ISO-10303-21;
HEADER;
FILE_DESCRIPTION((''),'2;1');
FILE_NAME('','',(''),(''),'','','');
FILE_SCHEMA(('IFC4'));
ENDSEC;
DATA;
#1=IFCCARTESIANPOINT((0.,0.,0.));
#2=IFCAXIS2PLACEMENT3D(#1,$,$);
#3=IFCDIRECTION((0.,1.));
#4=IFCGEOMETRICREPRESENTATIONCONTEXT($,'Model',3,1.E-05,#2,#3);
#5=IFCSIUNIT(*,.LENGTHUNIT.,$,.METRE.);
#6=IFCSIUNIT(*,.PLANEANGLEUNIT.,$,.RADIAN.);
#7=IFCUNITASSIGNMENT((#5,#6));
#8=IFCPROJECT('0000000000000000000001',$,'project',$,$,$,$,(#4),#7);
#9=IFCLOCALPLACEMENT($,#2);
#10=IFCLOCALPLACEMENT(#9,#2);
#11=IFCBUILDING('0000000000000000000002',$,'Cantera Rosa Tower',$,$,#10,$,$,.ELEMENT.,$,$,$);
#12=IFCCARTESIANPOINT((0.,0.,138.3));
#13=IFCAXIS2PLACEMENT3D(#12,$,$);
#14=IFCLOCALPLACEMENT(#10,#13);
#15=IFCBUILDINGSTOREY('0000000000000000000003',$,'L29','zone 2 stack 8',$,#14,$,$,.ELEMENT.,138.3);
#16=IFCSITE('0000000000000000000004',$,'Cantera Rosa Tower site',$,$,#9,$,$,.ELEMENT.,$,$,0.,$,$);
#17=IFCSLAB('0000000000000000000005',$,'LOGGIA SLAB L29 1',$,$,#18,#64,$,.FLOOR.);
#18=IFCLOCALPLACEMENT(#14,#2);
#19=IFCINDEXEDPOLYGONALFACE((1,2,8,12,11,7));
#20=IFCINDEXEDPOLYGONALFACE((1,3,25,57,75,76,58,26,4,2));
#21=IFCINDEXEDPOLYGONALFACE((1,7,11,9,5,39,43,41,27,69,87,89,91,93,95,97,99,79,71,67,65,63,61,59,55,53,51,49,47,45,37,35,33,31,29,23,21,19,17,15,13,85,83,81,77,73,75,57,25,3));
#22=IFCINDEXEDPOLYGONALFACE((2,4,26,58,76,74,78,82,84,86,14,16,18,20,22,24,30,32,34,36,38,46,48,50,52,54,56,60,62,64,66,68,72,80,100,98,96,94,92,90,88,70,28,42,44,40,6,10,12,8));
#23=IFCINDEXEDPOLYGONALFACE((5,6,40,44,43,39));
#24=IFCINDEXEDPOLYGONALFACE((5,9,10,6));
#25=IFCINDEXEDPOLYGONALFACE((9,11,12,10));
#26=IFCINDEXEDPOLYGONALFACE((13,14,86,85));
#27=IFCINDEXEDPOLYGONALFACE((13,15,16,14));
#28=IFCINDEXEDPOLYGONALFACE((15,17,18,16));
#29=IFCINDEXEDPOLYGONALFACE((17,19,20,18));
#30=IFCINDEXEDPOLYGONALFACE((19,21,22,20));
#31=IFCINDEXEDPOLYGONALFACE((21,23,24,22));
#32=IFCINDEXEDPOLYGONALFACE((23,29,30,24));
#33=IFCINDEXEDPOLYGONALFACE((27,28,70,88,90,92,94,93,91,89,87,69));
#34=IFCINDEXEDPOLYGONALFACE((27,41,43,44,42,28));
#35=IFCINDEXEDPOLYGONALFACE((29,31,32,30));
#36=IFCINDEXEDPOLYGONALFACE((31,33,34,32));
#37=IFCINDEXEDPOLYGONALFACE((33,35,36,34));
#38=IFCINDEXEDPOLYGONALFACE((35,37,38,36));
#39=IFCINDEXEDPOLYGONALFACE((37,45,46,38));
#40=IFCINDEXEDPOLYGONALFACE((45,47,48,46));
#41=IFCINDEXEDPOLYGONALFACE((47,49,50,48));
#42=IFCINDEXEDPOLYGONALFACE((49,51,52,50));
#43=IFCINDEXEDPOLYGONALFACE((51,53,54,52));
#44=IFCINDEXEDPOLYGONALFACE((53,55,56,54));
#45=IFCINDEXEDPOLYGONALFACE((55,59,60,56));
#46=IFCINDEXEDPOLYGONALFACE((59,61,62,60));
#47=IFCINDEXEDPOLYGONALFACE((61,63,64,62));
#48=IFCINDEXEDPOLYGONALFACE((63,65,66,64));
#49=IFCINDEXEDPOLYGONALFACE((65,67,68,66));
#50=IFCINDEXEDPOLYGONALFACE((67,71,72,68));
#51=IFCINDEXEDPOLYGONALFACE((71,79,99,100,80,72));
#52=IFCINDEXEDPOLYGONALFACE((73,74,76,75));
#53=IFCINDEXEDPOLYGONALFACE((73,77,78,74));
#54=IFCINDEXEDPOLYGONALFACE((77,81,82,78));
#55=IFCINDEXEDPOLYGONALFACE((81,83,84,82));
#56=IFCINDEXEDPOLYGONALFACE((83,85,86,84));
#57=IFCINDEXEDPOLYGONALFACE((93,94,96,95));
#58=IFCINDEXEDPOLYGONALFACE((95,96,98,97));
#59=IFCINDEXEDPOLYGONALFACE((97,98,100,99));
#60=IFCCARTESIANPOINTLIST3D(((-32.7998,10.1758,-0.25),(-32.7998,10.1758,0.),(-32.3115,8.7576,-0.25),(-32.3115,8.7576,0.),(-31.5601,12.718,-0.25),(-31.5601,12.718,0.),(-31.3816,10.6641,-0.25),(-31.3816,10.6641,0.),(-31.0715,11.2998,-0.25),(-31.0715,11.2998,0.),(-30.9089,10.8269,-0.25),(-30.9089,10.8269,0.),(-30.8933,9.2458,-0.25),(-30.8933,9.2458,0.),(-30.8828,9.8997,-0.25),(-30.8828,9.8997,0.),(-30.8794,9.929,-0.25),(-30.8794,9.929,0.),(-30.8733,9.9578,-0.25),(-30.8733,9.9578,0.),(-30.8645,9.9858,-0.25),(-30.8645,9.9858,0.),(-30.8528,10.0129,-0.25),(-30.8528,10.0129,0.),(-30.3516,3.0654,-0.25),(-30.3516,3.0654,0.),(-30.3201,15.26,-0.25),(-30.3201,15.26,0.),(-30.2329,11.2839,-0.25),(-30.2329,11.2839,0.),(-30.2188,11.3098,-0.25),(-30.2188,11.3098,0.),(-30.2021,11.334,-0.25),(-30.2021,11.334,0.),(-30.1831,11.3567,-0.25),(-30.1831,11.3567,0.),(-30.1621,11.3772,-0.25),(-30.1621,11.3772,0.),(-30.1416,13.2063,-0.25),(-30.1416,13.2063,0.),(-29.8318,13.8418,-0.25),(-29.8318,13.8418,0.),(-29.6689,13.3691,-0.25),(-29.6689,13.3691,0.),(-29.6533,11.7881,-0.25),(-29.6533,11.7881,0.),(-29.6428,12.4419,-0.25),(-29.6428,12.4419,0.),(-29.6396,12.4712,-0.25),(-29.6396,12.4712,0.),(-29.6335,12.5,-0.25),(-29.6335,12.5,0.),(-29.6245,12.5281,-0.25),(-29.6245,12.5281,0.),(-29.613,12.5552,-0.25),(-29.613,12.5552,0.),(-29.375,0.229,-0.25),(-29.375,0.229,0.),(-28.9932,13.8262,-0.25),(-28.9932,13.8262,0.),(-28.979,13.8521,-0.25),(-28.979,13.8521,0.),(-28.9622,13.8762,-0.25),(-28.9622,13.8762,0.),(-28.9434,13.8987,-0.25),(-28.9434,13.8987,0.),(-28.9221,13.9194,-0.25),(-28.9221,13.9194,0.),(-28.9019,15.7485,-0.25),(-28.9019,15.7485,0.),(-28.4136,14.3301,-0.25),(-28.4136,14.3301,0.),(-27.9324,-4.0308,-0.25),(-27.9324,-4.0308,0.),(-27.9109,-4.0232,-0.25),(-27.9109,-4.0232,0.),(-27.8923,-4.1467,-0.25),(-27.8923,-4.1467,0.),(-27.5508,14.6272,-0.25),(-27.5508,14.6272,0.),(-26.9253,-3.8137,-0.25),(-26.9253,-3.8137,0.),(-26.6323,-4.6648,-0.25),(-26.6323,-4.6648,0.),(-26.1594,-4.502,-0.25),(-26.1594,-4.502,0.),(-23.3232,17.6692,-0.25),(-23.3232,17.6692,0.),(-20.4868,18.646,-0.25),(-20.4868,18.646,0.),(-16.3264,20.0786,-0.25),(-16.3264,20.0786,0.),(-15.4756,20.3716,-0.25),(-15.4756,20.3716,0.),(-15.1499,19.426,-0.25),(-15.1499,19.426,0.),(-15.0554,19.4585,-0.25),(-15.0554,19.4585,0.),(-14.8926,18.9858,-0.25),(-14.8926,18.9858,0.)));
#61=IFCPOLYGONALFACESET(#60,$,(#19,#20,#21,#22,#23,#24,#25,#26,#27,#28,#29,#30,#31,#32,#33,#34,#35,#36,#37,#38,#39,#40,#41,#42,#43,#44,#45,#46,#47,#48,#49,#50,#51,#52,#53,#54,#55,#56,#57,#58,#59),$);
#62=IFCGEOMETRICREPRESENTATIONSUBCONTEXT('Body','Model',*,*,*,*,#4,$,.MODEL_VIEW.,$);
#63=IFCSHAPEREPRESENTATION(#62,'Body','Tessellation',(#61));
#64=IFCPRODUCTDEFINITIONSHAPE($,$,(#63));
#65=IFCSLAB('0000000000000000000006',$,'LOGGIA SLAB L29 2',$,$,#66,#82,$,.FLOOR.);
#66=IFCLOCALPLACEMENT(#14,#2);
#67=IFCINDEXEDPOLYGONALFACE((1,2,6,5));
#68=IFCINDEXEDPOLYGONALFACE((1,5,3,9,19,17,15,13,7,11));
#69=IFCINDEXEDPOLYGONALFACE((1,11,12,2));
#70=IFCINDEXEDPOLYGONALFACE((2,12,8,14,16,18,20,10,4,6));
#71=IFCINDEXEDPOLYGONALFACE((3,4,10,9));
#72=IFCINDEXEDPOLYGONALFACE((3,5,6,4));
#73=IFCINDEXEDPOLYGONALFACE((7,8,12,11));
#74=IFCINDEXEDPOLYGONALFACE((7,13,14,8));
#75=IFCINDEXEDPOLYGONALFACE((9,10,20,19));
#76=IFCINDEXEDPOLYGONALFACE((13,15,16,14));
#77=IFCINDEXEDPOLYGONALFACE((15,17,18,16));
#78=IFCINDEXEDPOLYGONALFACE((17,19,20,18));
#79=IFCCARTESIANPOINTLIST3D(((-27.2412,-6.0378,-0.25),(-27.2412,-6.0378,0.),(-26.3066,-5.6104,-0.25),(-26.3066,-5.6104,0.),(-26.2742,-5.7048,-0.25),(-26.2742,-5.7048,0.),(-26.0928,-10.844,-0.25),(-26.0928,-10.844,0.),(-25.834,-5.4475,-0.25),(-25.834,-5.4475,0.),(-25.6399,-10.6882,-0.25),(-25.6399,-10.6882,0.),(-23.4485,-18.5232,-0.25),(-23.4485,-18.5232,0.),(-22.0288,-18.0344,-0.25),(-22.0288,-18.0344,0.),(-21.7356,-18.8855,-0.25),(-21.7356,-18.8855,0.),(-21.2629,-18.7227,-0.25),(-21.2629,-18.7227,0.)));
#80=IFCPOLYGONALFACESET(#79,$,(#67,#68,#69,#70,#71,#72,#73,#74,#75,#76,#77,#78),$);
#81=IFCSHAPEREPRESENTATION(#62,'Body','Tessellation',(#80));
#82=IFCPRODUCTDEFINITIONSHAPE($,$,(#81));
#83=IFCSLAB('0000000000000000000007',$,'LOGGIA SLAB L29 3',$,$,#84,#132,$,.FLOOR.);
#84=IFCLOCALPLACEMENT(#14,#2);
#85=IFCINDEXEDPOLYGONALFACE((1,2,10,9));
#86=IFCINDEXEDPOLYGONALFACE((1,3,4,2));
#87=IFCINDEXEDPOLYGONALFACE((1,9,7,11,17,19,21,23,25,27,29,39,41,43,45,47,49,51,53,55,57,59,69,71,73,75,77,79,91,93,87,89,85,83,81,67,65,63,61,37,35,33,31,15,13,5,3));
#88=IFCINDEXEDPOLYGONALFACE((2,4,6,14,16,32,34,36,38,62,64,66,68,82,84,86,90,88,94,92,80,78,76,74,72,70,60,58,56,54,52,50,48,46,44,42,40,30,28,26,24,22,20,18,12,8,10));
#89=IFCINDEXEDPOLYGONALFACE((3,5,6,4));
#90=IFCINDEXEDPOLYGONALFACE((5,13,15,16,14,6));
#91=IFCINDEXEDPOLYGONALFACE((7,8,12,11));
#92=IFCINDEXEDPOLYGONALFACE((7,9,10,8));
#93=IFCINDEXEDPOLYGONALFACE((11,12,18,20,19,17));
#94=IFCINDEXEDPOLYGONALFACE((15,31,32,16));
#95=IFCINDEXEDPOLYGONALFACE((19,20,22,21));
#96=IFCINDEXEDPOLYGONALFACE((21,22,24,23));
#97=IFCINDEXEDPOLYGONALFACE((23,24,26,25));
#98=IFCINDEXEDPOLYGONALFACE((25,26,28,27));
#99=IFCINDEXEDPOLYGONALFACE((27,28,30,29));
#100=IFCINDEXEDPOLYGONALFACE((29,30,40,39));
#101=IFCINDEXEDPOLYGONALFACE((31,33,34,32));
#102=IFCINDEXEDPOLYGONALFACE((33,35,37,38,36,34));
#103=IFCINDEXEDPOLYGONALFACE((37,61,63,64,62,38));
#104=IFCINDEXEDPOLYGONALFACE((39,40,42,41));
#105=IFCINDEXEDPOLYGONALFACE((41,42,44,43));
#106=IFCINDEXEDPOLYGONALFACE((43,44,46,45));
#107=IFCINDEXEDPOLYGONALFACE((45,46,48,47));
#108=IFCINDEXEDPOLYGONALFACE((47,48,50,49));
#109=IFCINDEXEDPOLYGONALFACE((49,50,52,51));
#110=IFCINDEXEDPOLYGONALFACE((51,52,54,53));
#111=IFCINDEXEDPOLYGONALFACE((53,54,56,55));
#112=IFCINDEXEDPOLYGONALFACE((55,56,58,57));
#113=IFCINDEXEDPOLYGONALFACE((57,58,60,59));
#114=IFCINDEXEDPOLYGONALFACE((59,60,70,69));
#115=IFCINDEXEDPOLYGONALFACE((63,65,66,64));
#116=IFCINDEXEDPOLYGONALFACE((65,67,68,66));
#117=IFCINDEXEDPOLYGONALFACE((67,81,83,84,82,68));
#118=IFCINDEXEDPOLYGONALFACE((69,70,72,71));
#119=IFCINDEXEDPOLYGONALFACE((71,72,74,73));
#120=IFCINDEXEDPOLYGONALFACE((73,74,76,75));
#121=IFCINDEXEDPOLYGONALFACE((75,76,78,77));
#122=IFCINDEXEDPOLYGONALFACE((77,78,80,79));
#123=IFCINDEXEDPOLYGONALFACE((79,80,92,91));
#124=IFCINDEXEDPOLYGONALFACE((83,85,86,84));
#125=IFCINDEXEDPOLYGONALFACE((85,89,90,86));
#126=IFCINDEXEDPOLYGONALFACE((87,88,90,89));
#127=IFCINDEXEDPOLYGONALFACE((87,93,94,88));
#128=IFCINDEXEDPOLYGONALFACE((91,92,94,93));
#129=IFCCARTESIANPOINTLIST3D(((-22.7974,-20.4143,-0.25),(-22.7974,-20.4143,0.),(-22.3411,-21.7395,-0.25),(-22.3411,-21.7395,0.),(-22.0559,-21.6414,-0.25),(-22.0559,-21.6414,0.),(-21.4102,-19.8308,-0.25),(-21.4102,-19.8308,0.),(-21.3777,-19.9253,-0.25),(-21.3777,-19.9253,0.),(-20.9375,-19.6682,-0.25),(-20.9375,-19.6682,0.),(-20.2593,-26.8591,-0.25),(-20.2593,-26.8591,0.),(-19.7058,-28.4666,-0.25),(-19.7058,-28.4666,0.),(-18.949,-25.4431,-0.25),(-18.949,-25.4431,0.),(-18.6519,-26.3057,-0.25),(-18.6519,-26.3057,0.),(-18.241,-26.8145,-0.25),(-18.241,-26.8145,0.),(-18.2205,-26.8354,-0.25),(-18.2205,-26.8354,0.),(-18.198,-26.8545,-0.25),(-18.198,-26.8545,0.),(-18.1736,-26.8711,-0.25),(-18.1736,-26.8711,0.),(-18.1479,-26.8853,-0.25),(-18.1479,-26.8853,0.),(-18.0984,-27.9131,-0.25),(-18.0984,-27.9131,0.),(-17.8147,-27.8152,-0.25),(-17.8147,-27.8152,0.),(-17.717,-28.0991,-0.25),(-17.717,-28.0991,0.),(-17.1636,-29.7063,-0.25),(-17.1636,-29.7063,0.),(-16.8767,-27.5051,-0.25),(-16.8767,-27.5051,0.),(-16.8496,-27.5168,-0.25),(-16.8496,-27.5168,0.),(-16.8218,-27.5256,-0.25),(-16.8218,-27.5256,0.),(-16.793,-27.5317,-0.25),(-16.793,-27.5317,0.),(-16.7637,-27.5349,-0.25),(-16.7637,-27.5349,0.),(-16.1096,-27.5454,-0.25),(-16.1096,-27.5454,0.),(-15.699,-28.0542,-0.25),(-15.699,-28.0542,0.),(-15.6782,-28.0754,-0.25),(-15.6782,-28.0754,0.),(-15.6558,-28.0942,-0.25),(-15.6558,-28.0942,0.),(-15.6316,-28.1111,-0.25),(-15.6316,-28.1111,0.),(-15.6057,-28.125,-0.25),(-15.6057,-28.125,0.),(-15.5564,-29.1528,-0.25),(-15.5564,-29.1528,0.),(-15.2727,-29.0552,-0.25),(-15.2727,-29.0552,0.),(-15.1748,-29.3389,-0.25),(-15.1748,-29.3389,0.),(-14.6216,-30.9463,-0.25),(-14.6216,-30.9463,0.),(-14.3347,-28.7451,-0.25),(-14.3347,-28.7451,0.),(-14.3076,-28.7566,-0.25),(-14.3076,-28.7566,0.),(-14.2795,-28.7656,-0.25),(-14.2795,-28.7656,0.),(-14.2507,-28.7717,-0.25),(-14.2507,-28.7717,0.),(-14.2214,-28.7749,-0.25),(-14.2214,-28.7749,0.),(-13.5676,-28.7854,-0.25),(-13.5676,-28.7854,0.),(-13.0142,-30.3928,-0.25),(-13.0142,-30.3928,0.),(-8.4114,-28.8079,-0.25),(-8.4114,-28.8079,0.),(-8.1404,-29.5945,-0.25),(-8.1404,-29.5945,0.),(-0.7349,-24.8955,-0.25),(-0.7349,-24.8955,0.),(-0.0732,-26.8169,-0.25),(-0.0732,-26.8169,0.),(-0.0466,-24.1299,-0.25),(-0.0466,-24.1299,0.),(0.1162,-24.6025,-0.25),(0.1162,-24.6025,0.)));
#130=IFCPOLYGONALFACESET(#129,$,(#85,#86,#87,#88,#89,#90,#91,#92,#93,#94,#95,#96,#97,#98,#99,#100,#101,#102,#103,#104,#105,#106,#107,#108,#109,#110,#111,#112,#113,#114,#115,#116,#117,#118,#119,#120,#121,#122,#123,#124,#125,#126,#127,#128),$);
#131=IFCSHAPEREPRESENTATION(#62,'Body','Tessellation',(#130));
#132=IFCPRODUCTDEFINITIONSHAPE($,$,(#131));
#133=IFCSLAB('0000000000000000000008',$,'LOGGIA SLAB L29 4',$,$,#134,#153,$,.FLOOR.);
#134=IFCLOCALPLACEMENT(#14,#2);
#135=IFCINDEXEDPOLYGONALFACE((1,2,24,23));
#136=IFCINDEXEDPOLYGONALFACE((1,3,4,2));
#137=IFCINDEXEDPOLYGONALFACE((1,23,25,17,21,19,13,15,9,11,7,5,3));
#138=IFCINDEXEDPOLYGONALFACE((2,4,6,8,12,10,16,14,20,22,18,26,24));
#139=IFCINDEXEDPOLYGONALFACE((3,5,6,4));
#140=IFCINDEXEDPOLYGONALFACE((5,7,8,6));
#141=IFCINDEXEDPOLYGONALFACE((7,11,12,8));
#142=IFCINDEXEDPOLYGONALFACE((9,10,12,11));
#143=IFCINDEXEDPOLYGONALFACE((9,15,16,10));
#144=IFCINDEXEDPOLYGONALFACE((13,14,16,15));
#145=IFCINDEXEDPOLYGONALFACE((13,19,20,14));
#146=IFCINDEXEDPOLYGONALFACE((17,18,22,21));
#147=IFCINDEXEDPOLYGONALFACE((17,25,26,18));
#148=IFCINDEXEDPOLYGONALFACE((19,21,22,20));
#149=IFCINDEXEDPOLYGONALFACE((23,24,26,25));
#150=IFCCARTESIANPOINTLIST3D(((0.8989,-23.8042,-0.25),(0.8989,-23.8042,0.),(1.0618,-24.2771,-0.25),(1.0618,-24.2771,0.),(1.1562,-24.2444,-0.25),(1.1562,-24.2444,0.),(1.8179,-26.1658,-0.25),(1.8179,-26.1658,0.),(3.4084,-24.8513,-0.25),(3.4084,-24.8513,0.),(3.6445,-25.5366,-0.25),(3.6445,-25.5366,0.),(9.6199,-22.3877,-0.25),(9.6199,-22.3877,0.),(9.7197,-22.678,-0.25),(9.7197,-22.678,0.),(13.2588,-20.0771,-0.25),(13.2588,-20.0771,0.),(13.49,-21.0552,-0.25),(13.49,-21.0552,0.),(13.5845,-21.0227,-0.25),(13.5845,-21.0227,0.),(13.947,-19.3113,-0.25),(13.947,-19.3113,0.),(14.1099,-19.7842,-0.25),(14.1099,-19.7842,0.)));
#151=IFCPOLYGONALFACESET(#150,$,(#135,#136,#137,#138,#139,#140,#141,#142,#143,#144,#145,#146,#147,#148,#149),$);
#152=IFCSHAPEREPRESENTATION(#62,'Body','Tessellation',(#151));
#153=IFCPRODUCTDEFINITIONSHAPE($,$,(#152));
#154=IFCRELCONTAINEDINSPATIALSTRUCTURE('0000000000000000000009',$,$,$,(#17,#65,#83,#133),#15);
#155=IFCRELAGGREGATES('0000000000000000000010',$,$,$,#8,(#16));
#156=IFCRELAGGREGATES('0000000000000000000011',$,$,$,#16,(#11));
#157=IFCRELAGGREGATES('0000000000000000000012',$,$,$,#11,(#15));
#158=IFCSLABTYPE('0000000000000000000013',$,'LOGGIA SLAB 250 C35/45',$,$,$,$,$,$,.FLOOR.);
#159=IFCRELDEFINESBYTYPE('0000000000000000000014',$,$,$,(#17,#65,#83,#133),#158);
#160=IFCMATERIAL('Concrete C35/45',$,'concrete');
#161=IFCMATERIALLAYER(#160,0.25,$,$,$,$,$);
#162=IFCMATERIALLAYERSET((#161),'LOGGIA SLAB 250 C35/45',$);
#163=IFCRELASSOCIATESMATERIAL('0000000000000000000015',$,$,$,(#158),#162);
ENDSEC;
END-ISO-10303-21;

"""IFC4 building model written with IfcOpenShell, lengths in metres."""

from ifc_helpers import new_model, si_unit, direction, frame, origin, place, context, subcontext, project, spatial, polyline, outline, extrude, material, layer, layer_set, type_object, element, save


model = new_model("IFC4")

# Units and contexts
model_context = context("Model", 3, precision=1e-05, world=origin(), true_north=direction((0.0, 1.0)))
body_context = subcontext(model_context, "Body", "Model", "MODEL_VIEW")
ifc_project = project(units=[si_unit("LENGTHUNIT", "METRE"), si_unit("PLANEANGLEUNIT", "RADIAN")], contexts=[model_context])

# Site, building, storey
site_placement = place(None, origin())
site = spatial("IfcSite", under=ifc_project, at=site_placement, Name="Cantera Rosa Tower site", CompositionType="ELEMENT", RefElevation=0.0)
building_placement = place(site_placement, origin())
building = spatial("IfcBuilding", under=site, at=building_placement, Name="Cantera Rosa Tower", CompositionType="ELEMENT")
storey_placement = place(building_placement, frame((0.0, 0.0, 138.3)))
storey = spatial("IfcBuildingStorey", under=building, at=storey_placement, Name="L29", Description="zone 2 stack 8", CompositionType="ELEMENT", Elevation=138.3)

# Slabs
ifc_material_1 = material(Name="Concrete C35/45", Category="concrete")
ifc_layer_1 = layer(ifc_material_1, 0.25)
ifc_layer_set_1 = layer_set([ifc_layer_1], Name="LOGGIA SLAB 250 C35/45")
slab_type_1 = type_object("IfcSlabType", Name="LOGGIA SLAB 250 C35/45", PredefinedType="FLOOR", material=ifc_layer_set_1)
slab_1_placement = place(storey_placement, frame((0.0, 0.0, -0.25)))
element("IfcSlab", 1, at=slab_1_placement, inside=storey, type_object=slab_type_1, Name="LOGGIA SLAB L29 1", PredefinedType="FLOOR", context=body_context, shape_type="SweptSolid", body=[
    extrude(outline(polyline([(-29.375, 0.229), (-30.3516, 3.0654), (-32.3115, 8.7576), (-32.7998, 10.1758), (-31.3816, 10.6641), (-30.9089, 10.8269), (-31.0715, 11.2998), (-31.5601, 12.718), (-30.1416, 13.2063), (-29.6689, 13.3691), (-29.8318, 13.8418), (-30.3201, 15.26), (-28.9019, 15.7485), (-23.3232, 17.6692), (-20.4868, 18.646), (-16.3264, 20.0786), (-15.4756, 20.3716), (-15.1499, 19.426), (-15.0554, 19.4585), (-14.8926, 18.9858), (-27.5508, 14.6272), (-28.4136, 14.3301), (-28.9221, 13.9194), (-28.9434, 13.8987), (-28.9622, 13.8762), (-28.979, 13.8521), (-28.9932, 13.8262), (-29.613, 12.5552), (-29.6245, 12.5281), (-29.6335, 12.5), (-29.6396, 12.4712), (-29.6428, 12.4419), (-29.6533, 11.7881), (-30.1621, 11.3772), (-30.1831, 11.3567), (-30.2021, 11.334), (-30.2188, 11.3098), (-30.2329, 11.2839), (-30.8528, 10.0129), (-30.8645, 9.9858), (-30.8733, 9.9578), (-30.8794, 9.929), (-30.8828, 9.8997), (-30.8933, 9.2458), (-26.1594, -4.502), (-26.6323, -4.6648), (-26.9253, -3.8137), (-27.8923, -4.1467), (-27.9324, -4.0308), (-27.9109, -4.0232), (-29.375, 0.229)])), origin(), (0.0, 0.0, 1.0), 0.25),
])
slab_2_placement = place(storey_placement, frame((0.0, 0.0, -0.25)))
element("IfcSlab", 2, at=slab_2_placement, inside=storey, type_object=slab_type_1, Name="LOGGIA SLAB L29 2", PredefinedType="FLOOR", context=body_context, shape_type="SweptSolid", body=[
    extrude(outline(polyline([(-27.2412, -6.0378), (-26.2742, -5.7048), (-26.3066, -5.6104), (-25.834, -5.4475), (-21.2629, -18.7227), (-21.7356, -18.8855), (-22.0288, -18.0344), (-23.4485, -18.5232), (-26.0928, -10.844), (-25.6399, -10.6882), (-27.2412, -6.0378)])), origin(), (0.0, 0.0, 1.0), 0.25),
])
slab_3_placement = place(storey_placement, frame((0.0, 0.0, -0.25)))
element("IfcSlab", 3, at=slab_3_placement, inside=storey, type_object=slab_type_1, Name="LOGGIA SLAB L29 3", PredefinedType="FLOOR", context=body_context, shape_type="SweptSolid", body=[
    extrude(outline(polyline([(-13.0142, -30.3928), (-14.6216, -30.9463), (-15.1748, -29.3389), (-15.2727, -29.0552), (-15.5564, -29.1528), (-17.1636, -29.7063), (-17.717, -28.0991), (-17.8147, -27.8152), (-18.0984, -27.9131), (-19.7058, -28.4666), (-20.2593, -26.8591), (-22.0559, -21.6414), (-22.3411, -21.7395), (-22.7974, -20.4143), (-21.3777, -19.9253), (-21.4102, -19.8308), (-20.9375, -19.6682), (-18.949, -25.4431), (-18.6519, -26.3057), (-18.241, -26.8145), (-18.2205, -26.8354), (-18.198, -26.8545), (-18.1736, -26.8711), (-18.1479, -26.8853), (-16.8767, -27.5051), (-16.8496, -27.5168), (-16.8218, -27.5256), (-16.793, -27.5317), (-16.7637, -27.5349), (-16.1096, -27.5454), (-15.699, -28.0542), (-15.6782, -28.0754), (-15.6558, -28.0942), (-15.6316, -28.1111), (-15.6057, -28.125), (-14.3347, -28.7451), (-14.3076, -28.7566), (-14.2795, -28.7656), (-14.2507, -28.7717), (-14.2214, -28.7749), (-13.5676, -28.7854), (-0.0466, -24.1299), (0.1162, -24.6025), (-0.7349, -24.8955), (-0.0732, -26.8169), (-8.1404, -29.5945), (-8.4114, -28.8079), (-13.0142, -30.3928)])), origin(), (0.0, 0.0, 1.0), 0.25),
])
slab_4_placement = place(storey_placement, frame((0.0, 0.0, -0.25)))
element("IfcSlab", 4, at=slab_4_placement, inside=storey, type_object=slab_type_1, Name="LOGGIA SLAB L29 4", PredefinedType="FLOOR", context=body_context, shape_type="SweptSolid", body=[
    extrude(outline(polyline([(1.0618, -24.2771), (0.8989, -23.8042), (13.947, -19.3113), (14.1099, -19.7842), (13.2588, -20.0771), (13.5845, -21.0227), (13.49, -21.0552), (9.6199, -22.3877), (9.7197, -22.678), (3.4084, -24.8513), (3.6445, -25.5366), (1.8179, -26.1658), (1.1562, -24.2444), (1.0618, -24.2771)])), origin(), (0.0, 0.0, 1.0), 0.25),
])

save(model, "model.ifc")
